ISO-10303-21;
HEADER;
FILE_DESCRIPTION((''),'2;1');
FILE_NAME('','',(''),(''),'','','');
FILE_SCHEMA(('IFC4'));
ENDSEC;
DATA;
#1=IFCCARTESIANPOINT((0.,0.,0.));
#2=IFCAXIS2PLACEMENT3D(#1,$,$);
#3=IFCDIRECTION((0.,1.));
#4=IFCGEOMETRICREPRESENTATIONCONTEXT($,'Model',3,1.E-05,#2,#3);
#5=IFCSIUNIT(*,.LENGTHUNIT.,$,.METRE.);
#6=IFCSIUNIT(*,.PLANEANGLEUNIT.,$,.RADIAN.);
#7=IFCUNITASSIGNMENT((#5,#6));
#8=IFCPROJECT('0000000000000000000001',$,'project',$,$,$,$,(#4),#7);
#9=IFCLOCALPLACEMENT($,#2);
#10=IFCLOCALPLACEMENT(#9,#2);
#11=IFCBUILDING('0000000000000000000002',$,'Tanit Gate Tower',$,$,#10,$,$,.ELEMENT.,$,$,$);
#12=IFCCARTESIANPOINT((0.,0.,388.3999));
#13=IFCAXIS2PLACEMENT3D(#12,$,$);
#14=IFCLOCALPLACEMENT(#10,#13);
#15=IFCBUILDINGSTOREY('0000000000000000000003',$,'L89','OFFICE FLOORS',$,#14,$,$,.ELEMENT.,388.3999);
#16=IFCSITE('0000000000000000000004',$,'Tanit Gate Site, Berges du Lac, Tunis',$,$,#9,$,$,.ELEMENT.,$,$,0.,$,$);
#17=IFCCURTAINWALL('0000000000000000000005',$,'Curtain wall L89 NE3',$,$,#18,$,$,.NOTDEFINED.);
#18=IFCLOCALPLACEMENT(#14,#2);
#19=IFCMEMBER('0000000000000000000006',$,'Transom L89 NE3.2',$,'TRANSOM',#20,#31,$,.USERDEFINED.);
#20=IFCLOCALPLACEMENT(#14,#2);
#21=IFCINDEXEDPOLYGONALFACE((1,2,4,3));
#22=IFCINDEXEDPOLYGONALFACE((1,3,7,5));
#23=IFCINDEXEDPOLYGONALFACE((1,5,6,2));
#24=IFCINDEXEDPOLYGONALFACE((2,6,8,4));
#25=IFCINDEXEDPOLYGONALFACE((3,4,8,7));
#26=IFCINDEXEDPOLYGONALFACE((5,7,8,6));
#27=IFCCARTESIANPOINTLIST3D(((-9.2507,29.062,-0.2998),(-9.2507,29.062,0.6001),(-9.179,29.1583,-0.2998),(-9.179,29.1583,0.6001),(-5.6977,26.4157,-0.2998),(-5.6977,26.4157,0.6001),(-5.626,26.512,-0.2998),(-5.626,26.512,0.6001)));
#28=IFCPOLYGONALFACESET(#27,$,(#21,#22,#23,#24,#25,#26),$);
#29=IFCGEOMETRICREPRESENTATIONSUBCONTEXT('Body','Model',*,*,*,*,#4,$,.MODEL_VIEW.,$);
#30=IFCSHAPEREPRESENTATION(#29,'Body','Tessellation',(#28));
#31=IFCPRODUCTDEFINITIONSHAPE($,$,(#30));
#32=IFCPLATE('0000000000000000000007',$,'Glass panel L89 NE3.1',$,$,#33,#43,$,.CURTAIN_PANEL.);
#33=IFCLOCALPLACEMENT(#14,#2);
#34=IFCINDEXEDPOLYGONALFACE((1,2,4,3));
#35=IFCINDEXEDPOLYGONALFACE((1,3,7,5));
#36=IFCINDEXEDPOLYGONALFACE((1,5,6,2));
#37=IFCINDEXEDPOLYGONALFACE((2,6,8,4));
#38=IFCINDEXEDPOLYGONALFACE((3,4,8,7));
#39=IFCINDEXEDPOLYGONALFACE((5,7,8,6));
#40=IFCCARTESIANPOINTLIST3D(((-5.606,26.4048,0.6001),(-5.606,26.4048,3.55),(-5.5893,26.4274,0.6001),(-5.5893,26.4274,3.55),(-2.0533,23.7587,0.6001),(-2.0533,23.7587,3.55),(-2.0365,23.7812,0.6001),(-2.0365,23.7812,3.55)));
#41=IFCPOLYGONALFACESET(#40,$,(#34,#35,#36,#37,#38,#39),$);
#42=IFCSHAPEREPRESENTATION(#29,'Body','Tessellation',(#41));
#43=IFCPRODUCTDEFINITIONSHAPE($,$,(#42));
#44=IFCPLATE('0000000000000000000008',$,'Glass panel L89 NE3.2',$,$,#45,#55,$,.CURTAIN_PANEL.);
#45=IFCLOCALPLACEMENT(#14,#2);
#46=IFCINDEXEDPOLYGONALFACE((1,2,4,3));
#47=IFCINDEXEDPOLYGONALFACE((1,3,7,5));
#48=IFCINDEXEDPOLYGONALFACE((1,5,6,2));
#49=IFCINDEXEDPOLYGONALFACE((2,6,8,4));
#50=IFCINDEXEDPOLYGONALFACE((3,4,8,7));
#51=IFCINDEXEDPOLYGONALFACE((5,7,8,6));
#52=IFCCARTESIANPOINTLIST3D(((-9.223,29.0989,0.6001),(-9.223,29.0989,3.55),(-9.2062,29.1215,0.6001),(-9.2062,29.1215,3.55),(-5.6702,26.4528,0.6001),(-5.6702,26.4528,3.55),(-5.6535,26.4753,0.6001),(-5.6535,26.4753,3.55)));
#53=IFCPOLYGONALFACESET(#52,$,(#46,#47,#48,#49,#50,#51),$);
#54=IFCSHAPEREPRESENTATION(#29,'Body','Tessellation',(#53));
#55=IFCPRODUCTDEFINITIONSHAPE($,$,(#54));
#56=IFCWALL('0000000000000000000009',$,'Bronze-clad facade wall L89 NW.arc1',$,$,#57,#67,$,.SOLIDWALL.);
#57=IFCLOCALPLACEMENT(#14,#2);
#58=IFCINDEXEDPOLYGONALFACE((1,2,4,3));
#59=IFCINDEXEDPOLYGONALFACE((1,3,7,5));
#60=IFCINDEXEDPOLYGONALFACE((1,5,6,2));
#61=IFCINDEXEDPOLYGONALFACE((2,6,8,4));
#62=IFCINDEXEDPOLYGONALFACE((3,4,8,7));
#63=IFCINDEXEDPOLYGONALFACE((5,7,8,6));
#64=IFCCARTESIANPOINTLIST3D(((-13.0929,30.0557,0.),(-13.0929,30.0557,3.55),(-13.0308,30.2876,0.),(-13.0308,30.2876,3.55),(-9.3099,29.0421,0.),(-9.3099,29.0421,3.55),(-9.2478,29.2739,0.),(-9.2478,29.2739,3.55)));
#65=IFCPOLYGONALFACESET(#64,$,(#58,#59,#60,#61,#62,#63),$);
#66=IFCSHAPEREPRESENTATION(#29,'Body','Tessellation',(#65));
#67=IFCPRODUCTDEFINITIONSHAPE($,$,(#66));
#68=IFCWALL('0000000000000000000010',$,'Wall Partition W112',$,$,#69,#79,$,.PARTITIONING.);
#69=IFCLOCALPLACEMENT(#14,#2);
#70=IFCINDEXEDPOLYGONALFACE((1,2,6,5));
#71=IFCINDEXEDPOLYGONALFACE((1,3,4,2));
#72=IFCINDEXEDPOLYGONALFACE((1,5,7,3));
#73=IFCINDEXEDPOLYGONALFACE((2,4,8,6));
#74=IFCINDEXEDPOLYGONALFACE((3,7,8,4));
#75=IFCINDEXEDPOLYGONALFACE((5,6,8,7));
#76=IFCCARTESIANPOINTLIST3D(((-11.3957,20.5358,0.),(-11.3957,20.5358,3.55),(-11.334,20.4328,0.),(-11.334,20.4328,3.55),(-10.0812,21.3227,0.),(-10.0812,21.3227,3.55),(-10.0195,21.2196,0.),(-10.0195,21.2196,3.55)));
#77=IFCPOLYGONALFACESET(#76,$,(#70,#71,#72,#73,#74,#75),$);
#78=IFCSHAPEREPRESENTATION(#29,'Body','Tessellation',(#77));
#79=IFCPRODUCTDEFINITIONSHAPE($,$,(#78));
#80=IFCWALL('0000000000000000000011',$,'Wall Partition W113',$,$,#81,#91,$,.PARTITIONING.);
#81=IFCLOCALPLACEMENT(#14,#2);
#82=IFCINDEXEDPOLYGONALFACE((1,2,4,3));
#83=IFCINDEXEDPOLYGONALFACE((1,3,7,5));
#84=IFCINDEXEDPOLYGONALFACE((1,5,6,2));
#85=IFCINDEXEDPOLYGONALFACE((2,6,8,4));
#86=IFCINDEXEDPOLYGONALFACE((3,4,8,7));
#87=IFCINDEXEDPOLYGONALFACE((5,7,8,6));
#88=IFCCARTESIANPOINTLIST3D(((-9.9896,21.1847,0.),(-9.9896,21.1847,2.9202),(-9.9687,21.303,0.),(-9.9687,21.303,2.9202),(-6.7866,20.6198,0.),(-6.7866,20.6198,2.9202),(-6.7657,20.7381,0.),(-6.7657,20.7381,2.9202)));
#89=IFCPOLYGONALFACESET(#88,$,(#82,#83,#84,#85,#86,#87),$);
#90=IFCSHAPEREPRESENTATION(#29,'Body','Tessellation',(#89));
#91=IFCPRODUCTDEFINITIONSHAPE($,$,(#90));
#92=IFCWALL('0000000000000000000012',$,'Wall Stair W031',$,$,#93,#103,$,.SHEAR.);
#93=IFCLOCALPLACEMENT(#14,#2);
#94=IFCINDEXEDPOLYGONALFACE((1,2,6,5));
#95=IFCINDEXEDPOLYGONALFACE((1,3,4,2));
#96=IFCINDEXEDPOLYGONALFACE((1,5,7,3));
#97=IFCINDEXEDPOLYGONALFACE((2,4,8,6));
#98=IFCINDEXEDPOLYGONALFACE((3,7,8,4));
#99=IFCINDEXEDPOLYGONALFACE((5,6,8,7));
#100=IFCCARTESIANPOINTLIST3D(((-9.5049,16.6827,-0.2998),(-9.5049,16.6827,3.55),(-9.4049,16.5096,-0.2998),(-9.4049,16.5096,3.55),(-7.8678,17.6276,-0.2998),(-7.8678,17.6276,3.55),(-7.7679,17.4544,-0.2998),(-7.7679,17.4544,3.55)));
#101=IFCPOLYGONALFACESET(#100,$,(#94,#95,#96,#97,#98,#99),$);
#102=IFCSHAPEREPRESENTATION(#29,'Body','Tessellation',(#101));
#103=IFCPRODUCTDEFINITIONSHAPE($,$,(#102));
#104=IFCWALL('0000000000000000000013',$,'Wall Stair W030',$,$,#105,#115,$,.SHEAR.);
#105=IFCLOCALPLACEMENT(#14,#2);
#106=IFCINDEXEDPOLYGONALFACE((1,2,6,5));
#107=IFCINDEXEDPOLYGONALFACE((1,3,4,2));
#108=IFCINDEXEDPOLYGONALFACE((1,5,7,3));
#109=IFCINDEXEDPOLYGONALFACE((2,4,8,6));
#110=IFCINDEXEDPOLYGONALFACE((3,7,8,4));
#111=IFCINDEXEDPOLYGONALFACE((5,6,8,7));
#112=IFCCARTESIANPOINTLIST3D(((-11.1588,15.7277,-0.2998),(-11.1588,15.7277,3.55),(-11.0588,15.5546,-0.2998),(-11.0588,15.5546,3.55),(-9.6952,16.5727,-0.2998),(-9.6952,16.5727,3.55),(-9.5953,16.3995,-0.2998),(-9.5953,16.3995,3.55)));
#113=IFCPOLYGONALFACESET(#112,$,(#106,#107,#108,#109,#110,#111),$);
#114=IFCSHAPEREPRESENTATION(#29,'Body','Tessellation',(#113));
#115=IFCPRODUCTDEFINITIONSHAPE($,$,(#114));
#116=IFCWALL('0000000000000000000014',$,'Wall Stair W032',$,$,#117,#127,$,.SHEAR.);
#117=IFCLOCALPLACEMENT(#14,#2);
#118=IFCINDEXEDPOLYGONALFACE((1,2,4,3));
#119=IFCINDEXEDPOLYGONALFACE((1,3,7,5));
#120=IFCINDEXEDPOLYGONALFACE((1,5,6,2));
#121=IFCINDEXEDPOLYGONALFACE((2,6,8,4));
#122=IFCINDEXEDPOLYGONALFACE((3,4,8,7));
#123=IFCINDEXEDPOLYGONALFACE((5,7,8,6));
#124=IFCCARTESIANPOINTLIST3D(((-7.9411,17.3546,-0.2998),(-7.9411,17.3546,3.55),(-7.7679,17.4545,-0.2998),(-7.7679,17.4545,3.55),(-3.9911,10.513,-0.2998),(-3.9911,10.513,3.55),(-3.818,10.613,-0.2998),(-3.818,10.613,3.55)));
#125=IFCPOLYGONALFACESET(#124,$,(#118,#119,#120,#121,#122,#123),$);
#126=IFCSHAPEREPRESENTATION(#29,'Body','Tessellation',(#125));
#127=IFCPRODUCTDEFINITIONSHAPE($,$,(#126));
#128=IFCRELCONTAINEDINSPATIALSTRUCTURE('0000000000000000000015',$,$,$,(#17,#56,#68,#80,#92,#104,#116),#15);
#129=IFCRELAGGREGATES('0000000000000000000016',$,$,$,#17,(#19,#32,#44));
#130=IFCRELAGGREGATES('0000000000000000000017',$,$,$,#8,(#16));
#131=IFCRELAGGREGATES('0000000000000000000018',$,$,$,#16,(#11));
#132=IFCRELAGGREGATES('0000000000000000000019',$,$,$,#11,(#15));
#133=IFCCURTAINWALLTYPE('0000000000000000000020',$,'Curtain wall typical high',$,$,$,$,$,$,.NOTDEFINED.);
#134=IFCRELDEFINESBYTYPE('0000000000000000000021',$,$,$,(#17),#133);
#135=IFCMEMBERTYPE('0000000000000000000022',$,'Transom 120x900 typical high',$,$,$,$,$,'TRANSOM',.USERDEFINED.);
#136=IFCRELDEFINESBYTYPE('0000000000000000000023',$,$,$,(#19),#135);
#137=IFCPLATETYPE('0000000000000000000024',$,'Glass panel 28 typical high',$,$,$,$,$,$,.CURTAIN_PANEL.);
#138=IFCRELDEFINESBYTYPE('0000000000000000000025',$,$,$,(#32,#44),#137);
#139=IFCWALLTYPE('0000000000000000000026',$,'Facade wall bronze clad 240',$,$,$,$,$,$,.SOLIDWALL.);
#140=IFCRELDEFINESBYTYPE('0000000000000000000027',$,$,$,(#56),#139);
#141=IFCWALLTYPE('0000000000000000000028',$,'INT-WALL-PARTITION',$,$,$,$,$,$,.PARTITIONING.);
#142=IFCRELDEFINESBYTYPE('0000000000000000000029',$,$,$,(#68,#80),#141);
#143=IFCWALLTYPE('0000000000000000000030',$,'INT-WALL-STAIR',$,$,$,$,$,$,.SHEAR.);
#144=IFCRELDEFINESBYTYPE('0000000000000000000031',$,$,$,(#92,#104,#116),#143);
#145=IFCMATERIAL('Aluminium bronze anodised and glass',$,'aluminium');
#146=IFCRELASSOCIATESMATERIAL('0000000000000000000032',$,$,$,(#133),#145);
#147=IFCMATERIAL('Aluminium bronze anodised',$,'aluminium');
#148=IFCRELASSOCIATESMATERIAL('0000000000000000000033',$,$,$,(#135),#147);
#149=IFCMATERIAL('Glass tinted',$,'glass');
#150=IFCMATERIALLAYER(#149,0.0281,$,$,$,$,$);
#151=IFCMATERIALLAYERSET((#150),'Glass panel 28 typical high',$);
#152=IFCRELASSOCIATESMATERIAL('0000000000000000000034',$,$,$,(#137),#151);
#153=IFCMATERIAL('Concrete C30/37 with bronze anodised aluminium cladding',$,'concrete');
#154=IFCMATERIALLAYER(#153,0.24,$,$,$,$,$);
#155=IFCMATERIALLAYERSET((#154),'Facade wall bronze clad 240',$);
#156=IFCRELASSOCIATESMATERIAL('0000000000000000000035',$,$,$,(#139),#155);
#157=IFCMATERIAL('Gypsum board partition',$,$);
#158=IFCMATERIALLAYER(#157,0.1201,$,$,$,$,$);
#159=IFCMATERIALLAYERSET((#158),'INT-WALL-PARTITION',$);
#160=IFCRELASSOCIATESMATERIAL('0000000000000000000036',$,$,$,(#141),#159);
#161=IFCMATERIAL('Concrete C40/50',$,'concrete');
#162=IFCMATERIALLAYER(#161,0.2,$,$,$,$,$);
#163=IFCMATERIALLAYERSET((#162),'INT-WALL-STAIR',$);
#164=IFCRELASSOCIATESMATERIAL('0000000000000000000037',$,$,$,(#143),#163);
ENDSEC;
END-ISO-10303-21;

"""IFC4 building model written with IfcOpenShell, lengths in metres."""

from ifc_helpers import new_model, si_unit, direction, frame, frame_2d, origin, origin_2d, place, context, subcontext, project, spatial, rectangle, extrude, material, layer, layer_set, material_profile, profile_set, type_object, element, aggregate, save


model = new_model("IFC4")

# Units and contexts
model_context = context("Model", 3, precision=1e-05, world=origin(), true_north=direction((0.0, 1.0)))
body_context = subcontext(model_context, "Body", "Model", "MODEL_VIEW")
ifc_project = project(units=[si_unit("LENGTHUNIT", "METRE"), si_unit("PLANEANGLEUNIT", "RADIAN")], contexts=[model_context])

# Site, building, storey
site_placement = place(None, origin())
site = spatial("IfcSite", under=ifc_project, at=site_placement, Name="Tanit Gate Site, Berges du Lac, Tunis", CompositionType="ELEMENT", RefElevation=0.0)
building_placement = place(site_placement, origin())
building = spatial("IfcBuilding", under=site, at=building_placement, Name="Tanit Gate Tower", CompositionType="ELEMENT")
storey_placement = place(building_placement, frame((0.0, 0.0, 388.3999)))
storey = spatial("IfcBuildingStorey", under=building, at=storey_placement, Name="L89", Description="OFFICE FLOORS", CompositionType="ELEMENT", Elevation=388.3999)

# Curtain wall
ifc_material_1 = material(Name="Aluminium bronze anodised and glass", Category="aluminium")
curtain_wall_type = type_object("IfcCurtainWallType", Name="Curtain wall typical high", PredefinedType="NOTDEFINED", material=ifc_material_1)
curtain_wall_1_placement = place(storey_placement, origin())
curtain_wall_1 = element("IfcCurtainWall", 1, at=curtain_wall_1_placement, inside=storey, type_object=curtain_wall_type, Name="Curtain wall L89 NE3", PredefinedType="NOTDEFINED")

# Member
ifc_material_2 = material(Name="Aluminium bronze anodised", Category="aluminium")
ifc_material_profile_1 = material_profile(ifc_material_2, rectangle(XDim=0.1201, YDim=0.8999, at=origin_2d()), Name="120x900 bronze transom")
ifc_profile_set_1 = profile_set([ifc_material_profile_1], Name="Aluminium bronze anodised")
member_type_1 = type_object("IfcMemberType", Name="Transom 120x900 typical high", ElementType="TRANSOM", PredefinedType="USERDEFINED", material=ifc_profile_set_1)
member_1_placement = place(storey_placement, frame((-5.6619, 26.4639, 0.1501), z_axis=(-0.801999, 0.597325, 0.0), x_axis=(-0.597325, -0.801999, 0.0)))
member_1 = element("IfcMember", 2, at=member_1_placement, type_object=member_type_1, Name="Transom L89 NE3.2", ObjectType="TRANSOM", PredefinedType="USERDEFINED", context=body_context, shape_type="SweptSolid", body=[
    extrude(rectangle(XDim=0.1201, YDim=0.8999, at=origin_2d()), origin(), (0.0, 0.0, 1.0), 4.4302),
])

# Plates
ifc_material_3 = material(Name="Glass tinted", Category="glass")
ifc_layer_1 = layer(ifc_material_3, 0.0281)
ifc_layer_set_1 = layer_set([ifc_layer_1], Name="Glass panel 28 typical high")
plate_type = type_object("IfcPlateType", Name="Glass panel 28 typical high", PredefinedType="CURTAIN_PANEL", material=ifc_layer_set_1)
plate_1_placement = place(storey_placement, frame((-3.8213, 25.093, 0.6001), z_axis=(0.0, 0.0, 1.0), x_axis=(-0.801988, 0.597341, 0.0)))
plate_1 = element("IfcPlate", 3, at=plate_1_placement, type_object=plate_type, Name="Glass panel L89 NE3.1", PredefinedType="CURTAIN_PANEL", context=body_context, shape_type="SweptSolid", body=[
    extrude(rectangle(XDim=4.4299, YDim=0.0281, at=origin_2d()), origin(), (0.0, 0.0, 1.0), 2.95),
])
plate_2_placement = place(storey_placement, frame((-7.4382, 27.7871, 0.6001), z_axis=(0.0, 0.0, 1.0), x_axis=(-0.801988, 0.597341, 0.0)))
plate_2 = element("IfcPlate", 4, at=plate_2_placement, type_object=plate_type, Name="Glass panel L89 NE3.2", PredefinedType="CURTAIN_PANEL", context=body_context, shape_type="SweptSolid", body=[
    extrude(rectangle(XDim=4.4299, YDim=0.0281, at=origin_2d()), origin(), (0.0, 0.0, 1.0), 2.95),
])
aggregate(curtain_wall_1, [member_1, plate_1, plate_2])

# Walls
ifc_material_4 = material(Name="Concrete C30/37 with bronze anodised aluminium cladding", Category="concrete")
ifc_layer_2 = layer(ifc_material_4, 0.24)
ifc_layer_set_2 = layer_set([ifc_layer_2], Name="Facade wall bronze clad 240")
wall_type_1 = type_object("IfcWallType", Name="Facade wall bronze clad 240", PredefinedType="SOLIDWALL", material=ifc_layer_set_2)
wall_1_placement = place(storey_placement, frame((-9.2788, 29.158, 0.0), z_axis=(0.0, 0.0, 1.0), x_axis=(-0.965924, 0.258826, 0.0)))
element("IfcWall", 5, at=wall_1_placement, inside=storey, type_object=wall_type_1, Name="Bronze-clad facade wall L89 NW.arc1", PredefinedType="SOLIDWALL", context=body_context, shape_type="SweptSolid", body=[
    extrude(rectangle(XDim=3.9165, YDim=0.24, at=frame_2d((1.9583, 0.0))), origin(), (0.0, 0.0, 1.0), 3.55),
])
ifc_material_5 = material(Name="Gypsum board partition")
ifc_layer_3 = layer(ifc_material_5, 0.1201)
ifc_layer_set_3 = layer_set([ifc_layer_3], Name="INT-WALL-PARTITION")
wall_type_2 = type_object("IfcWallType", Name="INT-WALL-PARTITION", PredefinedType="PARTITIONING", material=ifc_layer_set_3)
wall_2_placement = place(storey_placement, frame((-10.0503, 21.2712, 0.0), z_axis=(0.0, 0.0, 1.0), x_axis=(-0.858013, -0.513628, 0.0)))
element("IfcWall", 6, at=wall_2_placement, inside=storey, type_object=wall_type_2, Name="Wall Partition W112", PredefinedType="PARTITIONING", context=body_context, shape_type="SweptSolid", body=[
    extrude(rectangle(XDim=1.532, YDim=0.1201, at=frame_2d((0.7661, 0.0))), origin(), (0.0, 0.0, 1.0), 3.55),
])
wall_3_placement = place(storey_placement, frame((-6.7761, 20.679, 0.0), z_axis=(0.0, 0.0, 1.0), x_axis=(-0.9848, 0.173691, 0.0)))
element("IfcWall", 7, at=wall_3_placement, inside=storey, type_object=wall_type_2, Name="Wall Partition W113", PredefinedType="PARTITIONING", context=body_context, shape_type="SweptSolid", body=[
    extrude(rectangle(XDim=3.2524, YDim=0.1201, at=frame_2d((1.6262, 0.0))), origin(), (0.0, 0.0, 1.0), 2.9202),
])
ifc_material_6 = material(Name="Concrete C40/50", Category="concrete")
ifc_layer_4 = layer(ifc_material_6, 0.2)
ifc_layer_set_4 = layer_set([ifc_layer_4], Name="INT-WALL-STAIR")
wall_type_3 = type_object("IfcWallType", Name="INT-WALL-STAIR", PredefinedType="SHEAR", material=ifc_layer_set_4)
wall_4_placement = place(storey_placement, frame((-7.8179, 17.541, -0.2998), z_axis=(0.0, 0.0, 1.0), x_axis=(-0.866089, -0.49989, 0.0)))
element("IfcWall", 8, at=wall_4_placement, inside=storey, type_object=wall_type_3, Name="Wall Stair W031", PredefinedType="SHEAR", context=body_context, shape_type="SweptSolid", body=[
    extrude(rectangle(XDim=1.8901, YDim=0.2, at=frame_2d((0.9451, 0.0))), origin(), (0.0, 0.0, 1.0), 3.8499),
])
wall_5_placement = place(storey_placement, frame((-9.6453, 16.4861, -0.2998), z_axis=(0.0, 0.0, 1.0), x_axis=(-0.866039, -0.499977, 0.0)))
element("IfcWall", 9, at=wall_5_placement, inside=storey, type_object=wall_type_3, Name="Wall Stair W030", PredefinedType="SHEAR", context=body_context, shape_type="SweptSolid", body=[
    extrude(rectangle(XDim=1.6899, YDim=0.2, at=frame_2d((0.845, 0.0))), origin(), (0.0, 0.0, 1.0), 3.8499),
])
wall_6_placement = place(storey_placement, frame((-7.8545, 17.4045, -0.2998), z_axis=(0.0, 0.0, 1.0), x_axis=(0.499998, -0.866027, 0.0)))
element("IfcWall", 10, at=wall_6_placement, inside=storey, type_object=wall_type_3, Name="Wall Stair W032", PredefinedType="SHEAR", context=body_context, shape_type="SweptSolid", body=[
    extrude(rectangle(XDim=7.8999, YDim=0.2, at=frame_2d((3.95, 0.0))), origin(), (0.0, 0.0, 1.0), 3.8499),
])

save(model, "model.ifc")
